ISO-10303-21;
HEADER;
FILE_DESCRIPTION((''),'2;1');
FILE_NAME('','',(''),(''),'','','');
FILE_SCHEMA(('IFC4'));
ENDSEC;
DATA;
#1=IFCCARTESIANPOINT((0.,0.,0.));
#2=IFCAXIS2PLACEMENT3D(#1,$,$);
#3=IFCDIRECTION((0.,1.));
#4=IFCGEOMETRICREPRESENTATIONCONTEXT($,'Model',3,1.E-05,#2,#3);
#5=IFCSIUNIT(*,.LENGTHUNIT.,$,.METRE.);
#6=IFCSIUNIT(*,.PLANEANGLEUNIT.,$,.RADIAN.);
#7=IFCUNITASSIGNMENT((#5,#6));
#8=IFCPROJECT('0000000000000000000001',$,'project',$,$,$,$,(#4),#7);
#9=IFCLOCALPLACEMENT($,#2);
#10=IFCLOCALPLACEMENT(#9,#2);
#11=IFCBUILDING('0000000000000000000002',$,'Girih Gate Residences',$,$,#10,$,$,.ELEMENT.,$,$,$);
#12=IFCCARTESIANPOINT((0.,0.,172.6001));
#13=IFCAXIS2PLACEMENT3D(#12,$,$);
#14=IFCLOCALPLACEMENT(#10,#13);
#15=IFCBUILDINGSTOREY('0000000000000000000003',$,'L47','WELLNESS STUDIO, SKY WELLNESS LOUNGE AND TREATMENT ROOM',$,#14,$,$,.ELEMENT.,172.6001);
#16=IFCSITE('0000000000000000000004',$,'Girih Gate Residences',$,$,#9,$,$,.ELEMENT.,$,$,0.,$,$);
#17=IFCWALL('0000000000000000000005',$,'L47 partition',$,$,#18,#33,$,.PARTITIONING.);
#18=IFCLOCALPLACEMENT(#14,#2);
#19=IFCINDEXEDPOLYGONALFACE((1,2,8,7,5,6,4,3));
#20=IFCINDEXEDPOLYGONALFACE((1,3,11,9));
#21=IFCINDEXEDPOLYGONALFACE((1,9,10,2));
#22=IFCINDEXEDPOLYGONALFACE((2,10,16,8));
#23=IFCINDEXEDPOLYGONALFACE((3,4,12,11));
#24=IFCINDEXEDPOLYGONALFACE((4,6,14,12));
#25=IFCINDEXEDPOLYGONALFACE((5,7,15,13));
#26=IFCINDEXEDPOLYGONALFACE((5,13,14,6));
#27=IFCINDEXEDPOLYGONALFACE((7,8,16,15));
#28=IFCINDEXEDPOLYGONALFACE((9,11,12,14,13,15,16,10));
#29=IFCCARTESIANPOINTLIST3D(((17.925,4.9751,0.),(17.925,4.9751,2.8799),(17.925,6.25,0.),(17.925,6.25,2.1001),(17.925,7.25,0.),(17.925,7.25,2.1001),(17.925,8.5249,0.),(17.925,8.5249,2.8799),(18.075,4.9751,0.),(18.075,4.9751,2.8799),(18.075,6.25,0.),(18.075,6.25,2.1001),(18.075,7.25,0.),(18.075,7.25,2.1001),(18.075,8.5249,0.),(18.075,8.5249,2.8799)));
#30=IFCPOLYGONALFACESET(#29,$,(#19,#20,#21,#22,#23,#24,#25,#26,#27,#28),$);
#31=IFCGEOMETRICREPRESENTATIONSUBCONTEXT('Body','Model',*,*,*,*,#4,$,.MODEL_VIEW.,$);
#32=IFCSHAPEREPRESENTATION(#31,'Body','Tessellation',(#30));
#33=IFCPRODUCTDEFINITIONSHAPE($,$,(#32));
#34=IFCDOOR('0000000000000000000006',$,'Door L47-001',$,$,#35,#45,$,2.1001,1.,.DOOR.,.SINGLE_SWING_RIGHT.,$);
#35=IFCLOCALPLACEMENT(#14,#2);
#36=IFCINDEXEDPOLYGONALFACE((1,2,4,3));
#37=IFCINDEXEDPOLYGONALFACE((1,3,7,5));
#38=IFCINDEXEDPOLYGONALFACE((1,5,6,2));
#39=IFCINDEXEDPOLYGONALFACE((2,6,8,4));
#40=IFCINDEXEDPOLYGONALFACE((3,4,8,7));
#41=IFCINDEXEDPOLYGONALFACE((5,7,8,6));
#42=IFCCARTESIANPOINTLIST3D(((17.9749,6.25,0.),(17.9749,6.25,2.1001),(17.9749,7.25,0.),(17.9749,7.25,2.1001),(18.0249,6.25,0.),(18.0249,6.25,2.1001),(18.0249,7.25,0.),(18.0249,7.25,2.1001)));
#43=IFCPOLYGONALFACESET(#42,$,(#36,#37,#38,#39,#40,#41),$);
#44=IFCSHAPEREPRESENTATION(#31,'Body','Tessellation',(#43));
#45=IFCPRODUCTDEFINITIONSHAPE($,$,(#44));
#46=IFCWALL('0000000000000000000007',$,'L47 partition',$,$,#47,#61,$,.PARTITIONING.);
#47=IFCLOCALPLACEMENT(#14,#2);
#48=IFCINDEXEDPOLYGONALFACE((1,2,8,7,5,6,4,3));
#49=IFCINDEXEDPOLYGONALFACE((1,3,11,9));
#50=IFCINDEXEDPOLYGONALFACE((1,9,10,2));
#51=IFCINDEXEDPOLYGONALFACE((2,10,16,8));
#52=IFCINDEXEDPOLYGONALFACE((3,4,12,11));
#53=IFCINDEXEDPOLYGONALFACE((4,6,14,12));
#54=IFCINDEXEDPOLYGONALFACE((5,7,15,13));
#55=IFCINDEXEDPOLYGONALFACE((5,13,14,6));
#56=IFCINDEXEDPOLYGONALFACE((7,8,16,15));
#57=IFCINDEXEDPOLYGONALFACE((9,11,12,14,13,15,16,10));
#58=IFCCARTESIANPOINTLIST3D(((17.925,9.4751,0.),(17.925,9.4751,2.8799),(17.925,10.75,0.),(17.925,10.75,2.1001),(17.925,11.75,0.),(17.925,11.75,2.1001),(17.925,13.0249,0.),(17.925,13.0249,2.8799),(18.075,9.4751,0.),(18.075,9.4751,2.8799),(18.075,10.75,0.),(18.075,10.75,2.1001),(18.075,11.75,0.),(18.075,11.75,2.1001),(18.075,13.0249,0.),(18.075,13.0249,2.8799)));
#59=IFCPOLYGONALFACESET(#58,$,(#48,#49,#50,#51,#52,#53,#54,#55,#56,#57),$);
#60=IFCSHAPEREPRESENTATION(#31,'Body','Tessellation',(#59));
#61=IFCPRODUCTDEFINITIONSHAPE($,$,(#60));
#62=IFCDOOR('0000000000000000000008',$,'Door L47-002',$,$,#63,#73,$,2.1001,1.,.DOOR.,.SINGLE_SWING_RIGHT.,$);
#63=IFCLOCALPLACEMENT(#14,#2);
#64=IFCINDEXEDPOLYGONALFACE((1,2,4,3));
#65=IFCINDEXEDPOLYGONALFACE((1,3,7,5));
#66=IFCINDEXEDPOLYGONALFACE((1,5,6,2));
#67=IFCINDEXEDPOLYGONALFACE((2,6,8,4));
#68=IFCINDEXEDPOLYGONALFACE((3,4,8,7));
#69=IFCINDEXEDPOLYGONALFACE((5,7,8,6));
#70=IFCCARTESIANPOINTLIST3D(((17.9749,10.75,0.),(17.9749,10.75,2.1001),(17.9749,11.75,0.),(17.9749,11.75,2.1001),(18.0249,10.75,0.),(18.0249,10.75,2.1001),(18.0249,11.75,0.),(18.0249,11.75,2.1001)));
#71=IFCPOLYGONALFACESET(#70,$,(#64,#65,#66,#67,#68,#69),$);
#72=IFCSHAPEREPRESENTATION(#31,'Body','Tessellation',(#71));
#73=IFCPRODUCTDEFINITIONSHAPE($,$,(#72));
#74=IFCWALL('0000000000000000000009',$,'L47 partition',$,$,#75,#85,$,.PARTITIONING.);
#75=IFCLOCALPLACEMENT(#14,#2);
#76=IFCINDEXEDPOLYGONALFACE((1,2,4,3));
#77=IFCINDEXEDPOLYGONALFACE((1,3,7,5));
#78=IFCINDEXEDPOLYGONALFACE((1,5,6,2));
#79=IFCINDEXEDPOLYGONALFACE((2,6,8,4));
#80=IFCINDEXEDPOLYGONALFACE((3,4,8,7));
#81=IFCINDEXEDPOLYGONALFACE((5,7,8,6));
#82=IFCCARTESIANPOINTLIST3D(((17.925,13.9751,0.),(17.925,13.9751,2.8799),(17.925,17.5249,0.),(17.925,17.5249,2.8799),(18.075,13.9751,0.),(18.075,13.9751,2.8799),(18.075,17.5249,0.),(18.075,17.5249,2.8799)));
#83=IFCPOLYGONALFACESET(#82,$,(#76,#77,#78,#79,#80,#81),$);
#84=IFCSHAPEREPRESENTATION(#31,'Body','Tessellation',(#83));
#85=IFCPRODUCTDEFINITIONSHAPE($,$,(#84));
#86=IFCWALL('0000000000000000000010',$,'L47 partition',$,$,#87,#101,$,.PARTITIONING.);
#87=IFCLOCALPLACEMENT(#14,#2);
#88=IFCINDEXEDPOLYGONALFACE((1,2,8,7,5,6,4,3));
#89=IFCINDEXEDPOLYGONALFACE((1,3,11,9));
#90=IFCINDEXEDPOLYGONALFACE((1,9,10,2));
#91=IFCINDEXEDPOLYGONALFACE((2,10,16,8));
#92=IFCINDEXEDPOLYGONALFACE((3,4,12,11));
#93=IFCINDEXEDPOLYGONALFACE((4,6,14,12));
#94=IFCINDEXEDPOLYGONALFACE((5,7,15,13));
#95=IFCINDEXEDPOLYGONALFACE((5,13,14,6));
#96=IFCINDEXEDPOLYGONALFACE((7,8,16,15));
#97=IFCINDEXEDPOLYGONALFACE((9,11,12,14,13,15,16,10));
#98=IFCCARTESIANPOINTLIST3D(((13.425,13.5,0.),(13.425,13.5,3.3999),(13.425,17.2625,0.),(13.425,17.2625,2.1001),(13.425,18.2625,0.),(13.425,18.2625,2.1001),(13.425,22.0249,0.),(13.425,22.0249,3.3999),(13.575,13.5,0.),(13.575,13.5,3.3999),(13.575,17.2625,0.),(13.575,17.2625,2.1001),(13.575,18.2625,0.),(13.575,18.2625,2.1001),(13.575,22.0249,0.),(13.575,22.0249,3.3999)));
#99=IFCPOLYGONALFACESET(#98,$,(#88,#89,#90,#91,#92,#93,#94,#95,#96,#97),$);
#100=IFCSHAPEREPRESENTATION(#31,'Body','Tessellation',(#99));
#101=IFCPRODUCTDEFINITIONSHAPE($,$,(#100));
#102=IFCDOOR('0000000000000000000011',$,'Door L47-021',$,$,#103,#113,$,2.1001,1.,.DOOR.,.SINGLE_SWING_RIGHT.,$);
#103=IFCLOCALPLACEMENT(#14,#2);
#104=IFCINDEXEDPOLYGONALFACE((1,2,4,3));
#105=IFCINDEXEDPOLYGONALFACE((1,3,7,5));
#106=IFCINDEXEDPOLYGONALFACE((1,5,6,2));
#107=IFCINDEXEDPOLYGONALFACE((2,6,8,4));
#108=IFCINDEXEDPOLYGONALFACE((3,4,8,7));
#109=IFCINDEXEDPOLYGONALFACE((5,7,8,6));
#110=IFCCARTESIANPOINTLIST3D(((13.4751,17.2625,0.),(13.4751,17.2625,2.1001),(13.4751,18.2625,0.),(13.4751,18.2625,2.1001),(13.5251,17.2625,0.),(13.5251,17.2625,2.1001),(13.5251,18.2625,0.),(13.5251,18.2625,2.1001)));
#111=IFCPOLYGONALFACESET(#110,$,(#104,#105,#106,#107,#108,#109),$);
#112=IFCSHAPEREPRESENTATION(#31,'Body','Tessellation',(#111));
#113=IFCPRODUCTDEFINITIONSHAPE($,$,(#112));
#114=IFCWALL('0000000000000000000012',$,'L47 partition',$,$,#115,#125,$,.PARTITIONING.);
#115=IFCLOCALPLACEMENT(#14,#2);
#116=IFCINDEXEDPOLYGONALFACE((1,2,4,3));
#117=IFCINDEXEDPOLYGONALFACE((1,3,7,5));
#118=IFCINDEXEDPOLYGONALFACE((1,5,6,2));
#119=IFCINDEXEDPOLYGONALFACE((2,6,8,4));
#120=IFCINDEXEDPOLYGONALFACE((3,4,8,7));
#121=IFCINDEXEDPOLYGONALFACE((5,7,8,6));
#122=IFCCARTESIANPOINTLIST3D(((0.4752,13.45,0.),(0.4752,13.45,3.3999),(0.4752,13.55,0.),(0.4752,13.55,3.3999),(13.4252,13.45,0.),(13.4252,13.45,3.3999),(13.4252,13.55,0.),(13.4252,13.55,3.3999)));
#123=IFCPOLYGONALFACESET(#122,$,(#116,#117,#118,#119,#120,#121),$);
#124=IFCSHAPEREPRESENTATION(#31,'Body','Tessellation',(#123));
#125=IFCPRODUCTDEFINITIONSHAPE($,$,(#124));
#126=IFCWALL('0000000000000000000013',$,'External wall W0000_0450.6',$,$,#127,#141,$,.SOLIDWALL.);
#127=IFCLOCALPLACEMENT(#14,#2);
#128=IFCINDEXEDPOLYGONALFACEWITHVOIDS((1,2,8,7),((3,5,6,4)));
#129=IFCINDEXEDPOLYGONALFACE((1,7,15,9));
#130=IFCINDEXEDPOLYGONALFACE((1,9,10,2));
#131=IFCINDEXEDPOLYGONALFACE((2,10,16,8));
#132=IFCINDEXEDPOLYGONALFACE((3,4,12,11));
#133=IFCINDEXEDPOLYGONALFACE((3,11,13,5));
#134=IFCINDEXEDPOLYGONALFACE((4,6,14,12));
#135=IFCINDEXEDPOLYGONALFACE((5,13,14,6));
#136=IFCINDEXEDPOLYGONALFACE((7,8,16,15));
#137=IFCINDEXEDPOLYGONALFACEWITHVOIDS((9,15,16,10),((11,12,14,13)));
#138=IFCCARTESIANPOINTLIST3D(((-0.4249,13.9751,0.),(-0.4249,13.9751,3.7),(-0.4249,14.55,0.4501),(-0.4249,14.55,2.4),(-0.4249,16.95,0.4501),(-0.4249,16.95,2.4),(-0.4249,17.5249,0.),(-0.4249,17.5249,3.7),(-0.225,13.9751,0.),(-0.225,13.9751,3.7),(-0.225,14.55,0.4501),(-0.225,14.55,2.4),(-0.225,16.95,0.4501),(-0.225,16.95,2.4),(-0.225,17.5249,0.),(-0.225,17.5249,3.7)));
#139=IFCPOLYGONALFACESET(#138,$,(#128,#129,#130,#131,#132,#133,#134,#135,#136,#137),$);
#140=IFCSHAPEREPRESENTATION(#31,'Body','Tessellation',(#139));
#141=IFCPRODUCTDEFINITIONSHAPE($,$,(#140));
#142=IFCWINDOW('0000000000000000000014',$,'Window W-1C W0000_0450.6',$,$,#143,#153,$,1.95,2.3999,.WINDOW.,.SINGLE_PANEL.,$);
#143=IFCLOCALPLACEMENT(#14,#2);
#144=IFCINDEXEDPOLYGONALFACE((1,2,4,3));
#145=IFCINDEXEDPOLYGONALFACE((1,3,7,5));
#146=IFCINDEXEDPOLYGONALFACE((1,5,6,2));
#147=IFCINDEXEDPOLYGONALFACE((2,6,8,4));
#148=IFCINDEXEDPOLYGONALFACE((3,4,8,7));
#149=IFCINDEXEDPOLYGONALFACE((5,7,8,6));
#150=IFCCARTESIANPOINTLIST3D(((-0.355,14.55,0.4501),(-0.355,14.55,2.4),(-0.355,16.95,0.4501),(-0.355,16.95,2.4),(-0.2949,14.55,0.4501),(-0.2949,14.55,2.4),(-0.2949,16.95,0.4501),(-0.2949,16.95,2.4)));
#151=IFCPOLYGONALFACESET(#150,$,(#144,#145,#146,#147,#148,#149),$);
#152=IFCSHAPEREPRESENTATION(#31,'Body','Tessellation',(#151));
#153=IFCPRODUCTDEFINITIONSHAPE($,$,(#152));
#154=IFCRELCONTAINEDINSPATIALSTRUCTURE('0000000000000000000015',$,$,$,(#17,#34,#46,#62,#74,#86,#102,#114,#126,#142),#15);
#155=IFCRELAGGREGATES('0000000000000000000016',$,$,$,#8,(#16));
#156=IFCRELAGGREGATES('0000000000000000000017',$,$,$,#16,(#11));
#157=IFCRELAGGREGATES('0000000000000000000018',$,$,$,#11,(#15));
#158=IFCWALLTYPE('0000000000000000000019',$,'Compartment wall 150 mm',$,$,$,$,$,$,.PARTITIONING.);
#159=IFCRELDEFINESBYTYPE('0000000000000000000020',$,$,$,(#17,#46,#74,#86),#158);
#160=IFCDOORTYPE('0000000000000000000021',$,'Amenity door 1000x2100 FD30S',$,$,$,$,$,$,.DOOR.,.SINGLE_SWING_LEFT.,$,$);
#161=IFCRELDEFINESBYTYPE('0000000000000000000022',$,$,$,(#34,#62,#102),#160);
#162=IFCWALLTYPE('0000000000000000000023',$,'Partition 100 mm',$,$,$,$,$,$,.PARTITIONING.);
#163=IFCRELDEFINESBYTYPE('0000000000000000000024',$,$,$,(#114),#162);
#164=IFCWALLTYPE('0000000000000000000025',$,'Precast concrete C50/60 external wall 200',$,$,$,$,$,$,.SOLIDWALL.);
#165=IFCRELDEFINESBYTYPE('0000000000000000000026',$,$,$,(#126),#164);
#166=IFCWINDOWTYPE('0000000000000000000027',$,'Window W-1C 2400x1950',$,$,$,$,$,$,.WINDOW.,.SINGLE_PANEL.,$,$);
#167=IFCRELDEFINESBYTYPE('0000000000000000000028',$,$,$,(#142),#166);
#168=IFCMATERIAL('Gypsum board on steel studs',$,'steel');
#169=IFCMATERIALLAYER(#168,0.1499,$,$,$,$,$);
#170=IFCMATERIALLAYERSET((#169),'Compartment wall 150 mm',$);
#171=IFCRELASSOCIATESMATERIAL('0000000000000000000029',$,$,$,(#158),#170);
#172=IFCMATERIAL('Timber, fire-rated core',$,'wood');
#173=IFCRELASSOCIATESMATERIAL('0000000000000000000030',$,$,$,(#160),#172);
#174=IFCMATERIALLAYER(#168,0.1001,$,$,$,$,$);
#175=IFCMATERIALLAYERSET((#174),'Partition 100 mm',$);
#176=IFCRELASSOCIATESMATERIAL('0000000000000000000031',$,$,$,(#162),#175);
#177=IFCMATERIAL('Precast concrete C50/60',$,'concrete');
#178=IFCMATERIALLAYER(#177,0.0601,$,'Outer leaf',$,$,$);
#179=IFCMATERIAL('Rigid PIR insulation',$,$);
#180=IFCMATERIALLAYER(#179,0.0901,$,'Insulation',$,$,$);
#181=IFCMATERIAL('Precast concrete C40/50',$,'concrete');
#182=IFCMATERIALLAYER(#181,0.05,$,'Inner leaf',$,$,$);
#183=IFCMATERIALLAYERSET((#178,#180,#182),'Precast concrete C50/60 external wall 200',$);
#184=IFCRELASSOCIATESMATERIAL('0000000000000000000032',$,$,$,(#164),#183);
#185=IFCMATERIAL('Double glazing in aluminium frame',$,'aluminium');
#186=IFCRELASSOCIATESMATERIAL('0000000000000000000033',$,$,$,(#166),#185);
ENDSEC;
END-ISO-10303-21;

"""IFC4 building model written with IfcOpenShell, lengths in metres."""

from ifc_helpers import new_model, si_unit, direction, frame, frame_2d, origin, place, context, subcontext, project, spatial, rectangle, extrude, material, layer, layer_set, type_object, element, fill, save


model = new_model("IFC4")

# Units and contexts
model_context = context("Model", 3, precision=1e-05, world=origin(), true_north=direction((0.0, 1.0)))
body_context = subcontext(model_context, "Body", "Model", "MODEL_VIEW")
ifc_project = project(units=[si_unit("LENGTHUNIT", "METRE"), si_unit("PLANEANGLEUNIT", "RADIAN")], contexts=[model_context])

# Site, building, storey
site_placement = place(None, origin())
site = spatial("IfcSite", under=ifc_project, at=site_placement, Name="Girih Gate Residences", CompositionType="ELEMENT", RefElevation=0.0)
building_placement = place(site_placement, origin())
building = spatial("IfcBuilding", under=site, at=building_placement, Name="Girih Gate Residences", CompositionType="ELEMENT")
storey_placement = place(building_placement, frame((0.0, 0.0, 172.6001)))
storey = spatial("IfcBuildingStorey", under=building, at=storey_placement, Name="L47", Description="WELLNESS STUDIO, SKY WELLNESS LOUNGE AND TREATMENT ROOM", CompositionType="ELEMENT", Elevation=172.6001)

# Walls, openings, doors
ifc_material_1 = material(Name="Gypsum board on steel studs", Category="steel")
ifc_layer_1 = layer(ifc_material_1, 0.1499)
ifc_layer_set_1 = layer_set([ifc_layer_1], Name="Compartment wall 150 mm")
wall_type_1 = type_object("IfcWallType", Name="Compartment wall 150 mm", PredefinedType="PARTITIONING", material=ifc_layer_set_1)
wall_1_placement = place(storey_placement, frame((18.0, 8.5249, 0.0), z_axis=(0.0, 0.0, 1.0), x_axis=(0.0, -1.0, 0.0)))
wall_1 = element("IfcWall", 1, at=wall_1_placement, inside=storey, type_object=wall_type_1, Name="L47 partition", PredefinedType="PARTITIONING", context=body_context, shape_type="SweptSolid", body=[
    extrude(rectangle(XDim=3.5498, YDim=0.1499, at=frame_2d((1.7749, 0.0))), origin(), (0.0, 0.0, 1.0), 2.8799),
])
opening_1_placement = place(wall_1_placement, frame((1.2749, 0.0, 0.0)))
opening_1 = element("IfcOpeningElement", 2, at=opening_1_placement, cuts=wall_1, PredefinedType="OPENING", context=body_context, shape_type="SweptSolid", body=[
    extrude(rectangle(XDim=1.0, YDim=2.1001, at=frame_2d((0.5, 1.05))), frame((0.0, 0.085, 0.0), z_axis=(0.0, -1.0, 0.0), x_axis=(1.0, 0.0, 0.0)), (0.0, 0.0, 1.0), 0.1699),
])
ifc_material_2 = material(Name="Timber, fire-rated core", Category="wood")
door_type = type_object("IfcDoorType", Name="Amenity door 1000x2100 FD30S", OperationType="SINGLE_SWING_LEFT", PredefinedType="DOOR", material=ifc_material_2)
door_1_placement = place(opening_1_placement, origin())
door_1 = element("IfcDoor", 3, at=door_1_placement, inside=storey, type_object=door_type, Name="Door L47-001", OperationType="SINGLE_SWING_RIGHT", OverallHeight=2.1001, OverallWidth=1.0, PredefinedType="DOOR", context=body_context, shape_type="SweptSolid", body=[
    extrude(rectangle(XDim=1.0, YDim=2.1001, at=frame_2d((0.5, 1.05))), frame((0.0, 0.0249, 0.0), z_axis=(0.0, -1.0, 0.0), x_axis=(1.0, 0.0, 0.0)), (0.0, 0.0, 1.0), 0.05),
])
fill(opening_1, door_1)
wall_2_placement = place(storey_placement, frame((18.0, 13.0249, 0.0), z_axis=(0.0, 0.0, 1.0), x_axis=(0.0, -1.0, 0.0)))
wall_2 = element("IfcWall", 4, at=wall_2_placement, inside=storey, type_object=wall_type_1, Name="L47 partition", PredefinedType="PARTITIONING", context=body_context, shape_type="SweptSolid", body=[
    extrude(rectangle(XDim=3.5498, YDim=0.1499, at=frame_2d((1.7749, 0.0))), origin(), (0.0, 0.0, 1.0), 2.8799),
])
opening_2_placement = place(wall_2_placement, frame((1.2749, 0.0, 0.0)))
opening_2 = element("IfcOpeningElement", 5, at=opening_2_placement, cuts=wall_2, PredefinedType="OPENING", context=body_context, shape_type="SweptSolid", body=[
    extrude(rectangle(XDim=1.0, YDim=2.1001, at=frame_2d((0.5, 1.05))), frame((0.0, 0.085, 0.0), z_axis=(0.0, -1.0, 0.0), x_axis=(1.0, 0.0, 0.0)), (0.0, 0.0, 1.0), 0.1699),
])
door_2_placement = place(opening_2_placement, origin())
door_2 = element("IfcDoor", 6, at=door_2_placement, inside=storey, type_object=door_type, Name="Door L47-002", OperationType="SINGLE_SWING_RIGHT", OverallHeight=2.1001, OverallWidth=1.0, PredefinedType="DOOR", context=body_context, shape_type="SweptSolid", body=[
    extrude(rectangle(XDim=1.0, YDim=2.1001, at=frame_2d((0.5, 1.05))), frame((0.0, 0.0249, 0.0), z_axis=(0.0, -1.0, 0.0), x_axis=(1.0, 0.0, 0.0)), (0.0, 0.0, 1.0), 0.05),
])
fill(opening_2, door_2)

# Wall
wall_3_placement = place(storey_placement, frame((18.0, 13.9751, 0.0), z_axis=(0.0, 0.0, 1.0), x_axis=(0.0, 1.0, 0.0)))
element("IfcWall", 7, at=wall_3_placement, inside=storey, type_object=wall_type_1, Name="L47 partition", PredefinedType="PARTITIONING", context=body_context, shape_type="SweptSolid", body=[
    extrude(rectangle(XDim=3.5498, YDim=0.1499, at=frame_2d((1.7749, 0.0))), origin(), (0.0, 0.0, 1.0), 2.8799),
])

# Wall, opening, door
wall_4_placement = place(storey_placement, frame((13.5, 13.5, 0.0), z_axis=(0.0, 0.0, 1.0), x_axis=(0.0, 1.0, 0.0)))
wall_4 = element("IfcWall", 8, at=wall_4_placement, inside=storey, type_object=wall_type_1, Name="L47 partition", PredefinedType="PARTITIONING", context=body_context, shape_type="SweptSolid", body=[
    extrude(rectangle(XDim=8.5249, YDim=0.1499, at=frame_2d((4.2625, 0.0))), origin(), (0.0, 0.0, 1.0), 3.3999),
])
opening_3_placement = place(wall_4_placement, frame((3.7625, 0.0, 0.0)))
opening_3 = element("IfcOpeningElement", 9, at=opening_3_placement, cuts=wall_4, PredefinedType="OPENING", context=body_context, shape_type="SweptSolid", body=[
    extrude(rectangle(XDim=1.0, YDim=2.1001, at=frame_2d((0.5, 1.05))), frame((0.0, 0.085, 0.0), z_axis=(0.0, -1.0, 0.0), x_axis=(1.0, 0.0, 0.0)), (0.0, 0.0, 1.0), 0.1699),
])
door_3_placement = place(opening_3_placement, origin())
door_3 = element("IfcDoor", 10, at=door_3_placement, inside=storey, type_object=door_type, Name="Door L47-021", OperationType="SINGLE_SWING_RIGHT", OverallHeight=2.1001, OverallWidth=1.0, PredefinedType="DOOR", context=body_context, shape_type="SweptSolid", body=[
    extrude(rectangle(XDim=1.0, YDim=2.1001, at=frame_2d((0.5, 1.05))), frame((0.0, 0.0249, 0.0), z_axis=(0.0, -1.0, 0.0), x_axis=(1.0, 0.0, 0.0)), (0.0, 0.0, 1.0), 0.05),
])
fill(opening_3, door_3)

# Wall
ifc_layer_2 = layer(ifc_material_1, 0.1001)
ifc_layer_set_2 = layer_set([ifc_layer_2], Name="Partition 100 mm")
wall_type_2 = type_object("IfcWallType", Name="Partition 100 mm", PredefinedType="PARTITIONING", material=ifc_layer_set_2)
wall_5_placement = place(storey_placement, frame((0.4751, 13.5, 0.0), z_axis=(0.0, 0.0, 1.0), x_axis=(1.0, 0.0, 0.0)))
element("IfcWall", 11, at=wall_5_placement, inside=storey, type_object=wall_type_2, Name="L47 partition", PredefinedType="PARTITIONING", context=body_context, shape_type="SweptSolid", body=[
    extrude(rectangle(XDim=12.95, YDim=0.1001, at=frame_2d((6.4751, 0.0))), origin(), (0.0, 0.0, 1.0), 3.3999),
])

# Wall, opening, window
ifc_material_3 = material(Name="Precast concrete C50/60", Category="concrete")
ifc_layer_3 = layer(ifc_material_3, 0.0601, Name="Outer leaf")
ifc_material_4 = material(Name="Rigid PIR insulation")
ifc_layer_4 = layer(ifc_material_4, 0.0901, Name="Insulation")
ifc_material_5 = material(Name="Precast concrete C40/50", Category="concrete")
ifc_layer_5 = layer(ifc_material_5, 0.05, Name="Inner leaf")
ifc_layer_set_3 = layer_set([ifc_layer_3, ifc_layer_4, ifc_layer_5], Name="Precast concrete C50/60 external wall 200")
wall_type_3 = type_object("IfcWallType", Name="Precast concrete C50/60 external wall 200", PredefinedType="SOLIDWALL", material=ifc_layer_set_3)
wall_6_placement = place(storey_placement, frame((-0.325, 13.9751, 0.0), z_axis=(0.0, 0.0, 1.0), x_axis=(0.0, 1.0, 0.0)))
wall_6 = element("IfcWall", 12, at=wall_6_placement, inside=storey, type_object=wall_type_3, Name="External wall W0000_0450.6", PredefinedType="SOLIDWALL", context=body_context, shape_type="SweptSolid", body=[
    extrude(rectangle(XDim=3.5498, YDim=0.2, at=frame_2d((1.7749, 0.0))), origin(), (0.0, 0.0, 1.0), 3.7),
])
opening_4_placement = place(wall_6_placement, frame((0.575, 0.0, 0.45)))
opening_4 = element("IfcOpeningElement", 13, at=opening_4_placement, cuts=wall_6, PredefinedType="OPENING", context=body_context, shape_type="SweptSolid", body=[
    extrude(rectangle(XDim=2.3999, YDim=1.95, at=frame_2d((1.2, 0.9751))), frame((0.0, 0.1099, 0.0), z_axis=(0.0, -1.0, 0.0), x_axis=(1.0, 0.0, 0.0)), (0.0, 0.0, 1.0), 0.22),
])
ifc_material_6 = material(Name="Double glazing in aluminium frame", Category="aluminium")
window_type = type_object("IfcWindowType", Name="Window W-1C 2400x1950", PartitioningType="SINGLE_PANEL", PredefinedType="WINDOW", material=ifc_material_6)
window_1_placement = place(opening_4_placement, origin())
window_1 = element("IfcWindow", 14, at=window_1_placement, inside=storey, type_object=window_type, Name="Window W-1C W0000_0450.6", OverallHeight=1.95, OverallWidth=2.3999, PartitioningType="SINGLE_PANEL", PredefinedType="WINDOW", context=body_context, shape_type="SweptSolid", body=[
    extrude(rectangle(XDim=2.3999, YDim=1.95, at=frame_2d((1.2, 0.9751))), frame((0.0, 0.03, 0.0), z_axis=(0.0, -1.0, 0.0), x_axis=(1.0, 0.0, 0.0)), (0.0, 0.0, 1.0), 0.0601),
])
fill(opening_4, window_1)

save(model, "model.ifc")
